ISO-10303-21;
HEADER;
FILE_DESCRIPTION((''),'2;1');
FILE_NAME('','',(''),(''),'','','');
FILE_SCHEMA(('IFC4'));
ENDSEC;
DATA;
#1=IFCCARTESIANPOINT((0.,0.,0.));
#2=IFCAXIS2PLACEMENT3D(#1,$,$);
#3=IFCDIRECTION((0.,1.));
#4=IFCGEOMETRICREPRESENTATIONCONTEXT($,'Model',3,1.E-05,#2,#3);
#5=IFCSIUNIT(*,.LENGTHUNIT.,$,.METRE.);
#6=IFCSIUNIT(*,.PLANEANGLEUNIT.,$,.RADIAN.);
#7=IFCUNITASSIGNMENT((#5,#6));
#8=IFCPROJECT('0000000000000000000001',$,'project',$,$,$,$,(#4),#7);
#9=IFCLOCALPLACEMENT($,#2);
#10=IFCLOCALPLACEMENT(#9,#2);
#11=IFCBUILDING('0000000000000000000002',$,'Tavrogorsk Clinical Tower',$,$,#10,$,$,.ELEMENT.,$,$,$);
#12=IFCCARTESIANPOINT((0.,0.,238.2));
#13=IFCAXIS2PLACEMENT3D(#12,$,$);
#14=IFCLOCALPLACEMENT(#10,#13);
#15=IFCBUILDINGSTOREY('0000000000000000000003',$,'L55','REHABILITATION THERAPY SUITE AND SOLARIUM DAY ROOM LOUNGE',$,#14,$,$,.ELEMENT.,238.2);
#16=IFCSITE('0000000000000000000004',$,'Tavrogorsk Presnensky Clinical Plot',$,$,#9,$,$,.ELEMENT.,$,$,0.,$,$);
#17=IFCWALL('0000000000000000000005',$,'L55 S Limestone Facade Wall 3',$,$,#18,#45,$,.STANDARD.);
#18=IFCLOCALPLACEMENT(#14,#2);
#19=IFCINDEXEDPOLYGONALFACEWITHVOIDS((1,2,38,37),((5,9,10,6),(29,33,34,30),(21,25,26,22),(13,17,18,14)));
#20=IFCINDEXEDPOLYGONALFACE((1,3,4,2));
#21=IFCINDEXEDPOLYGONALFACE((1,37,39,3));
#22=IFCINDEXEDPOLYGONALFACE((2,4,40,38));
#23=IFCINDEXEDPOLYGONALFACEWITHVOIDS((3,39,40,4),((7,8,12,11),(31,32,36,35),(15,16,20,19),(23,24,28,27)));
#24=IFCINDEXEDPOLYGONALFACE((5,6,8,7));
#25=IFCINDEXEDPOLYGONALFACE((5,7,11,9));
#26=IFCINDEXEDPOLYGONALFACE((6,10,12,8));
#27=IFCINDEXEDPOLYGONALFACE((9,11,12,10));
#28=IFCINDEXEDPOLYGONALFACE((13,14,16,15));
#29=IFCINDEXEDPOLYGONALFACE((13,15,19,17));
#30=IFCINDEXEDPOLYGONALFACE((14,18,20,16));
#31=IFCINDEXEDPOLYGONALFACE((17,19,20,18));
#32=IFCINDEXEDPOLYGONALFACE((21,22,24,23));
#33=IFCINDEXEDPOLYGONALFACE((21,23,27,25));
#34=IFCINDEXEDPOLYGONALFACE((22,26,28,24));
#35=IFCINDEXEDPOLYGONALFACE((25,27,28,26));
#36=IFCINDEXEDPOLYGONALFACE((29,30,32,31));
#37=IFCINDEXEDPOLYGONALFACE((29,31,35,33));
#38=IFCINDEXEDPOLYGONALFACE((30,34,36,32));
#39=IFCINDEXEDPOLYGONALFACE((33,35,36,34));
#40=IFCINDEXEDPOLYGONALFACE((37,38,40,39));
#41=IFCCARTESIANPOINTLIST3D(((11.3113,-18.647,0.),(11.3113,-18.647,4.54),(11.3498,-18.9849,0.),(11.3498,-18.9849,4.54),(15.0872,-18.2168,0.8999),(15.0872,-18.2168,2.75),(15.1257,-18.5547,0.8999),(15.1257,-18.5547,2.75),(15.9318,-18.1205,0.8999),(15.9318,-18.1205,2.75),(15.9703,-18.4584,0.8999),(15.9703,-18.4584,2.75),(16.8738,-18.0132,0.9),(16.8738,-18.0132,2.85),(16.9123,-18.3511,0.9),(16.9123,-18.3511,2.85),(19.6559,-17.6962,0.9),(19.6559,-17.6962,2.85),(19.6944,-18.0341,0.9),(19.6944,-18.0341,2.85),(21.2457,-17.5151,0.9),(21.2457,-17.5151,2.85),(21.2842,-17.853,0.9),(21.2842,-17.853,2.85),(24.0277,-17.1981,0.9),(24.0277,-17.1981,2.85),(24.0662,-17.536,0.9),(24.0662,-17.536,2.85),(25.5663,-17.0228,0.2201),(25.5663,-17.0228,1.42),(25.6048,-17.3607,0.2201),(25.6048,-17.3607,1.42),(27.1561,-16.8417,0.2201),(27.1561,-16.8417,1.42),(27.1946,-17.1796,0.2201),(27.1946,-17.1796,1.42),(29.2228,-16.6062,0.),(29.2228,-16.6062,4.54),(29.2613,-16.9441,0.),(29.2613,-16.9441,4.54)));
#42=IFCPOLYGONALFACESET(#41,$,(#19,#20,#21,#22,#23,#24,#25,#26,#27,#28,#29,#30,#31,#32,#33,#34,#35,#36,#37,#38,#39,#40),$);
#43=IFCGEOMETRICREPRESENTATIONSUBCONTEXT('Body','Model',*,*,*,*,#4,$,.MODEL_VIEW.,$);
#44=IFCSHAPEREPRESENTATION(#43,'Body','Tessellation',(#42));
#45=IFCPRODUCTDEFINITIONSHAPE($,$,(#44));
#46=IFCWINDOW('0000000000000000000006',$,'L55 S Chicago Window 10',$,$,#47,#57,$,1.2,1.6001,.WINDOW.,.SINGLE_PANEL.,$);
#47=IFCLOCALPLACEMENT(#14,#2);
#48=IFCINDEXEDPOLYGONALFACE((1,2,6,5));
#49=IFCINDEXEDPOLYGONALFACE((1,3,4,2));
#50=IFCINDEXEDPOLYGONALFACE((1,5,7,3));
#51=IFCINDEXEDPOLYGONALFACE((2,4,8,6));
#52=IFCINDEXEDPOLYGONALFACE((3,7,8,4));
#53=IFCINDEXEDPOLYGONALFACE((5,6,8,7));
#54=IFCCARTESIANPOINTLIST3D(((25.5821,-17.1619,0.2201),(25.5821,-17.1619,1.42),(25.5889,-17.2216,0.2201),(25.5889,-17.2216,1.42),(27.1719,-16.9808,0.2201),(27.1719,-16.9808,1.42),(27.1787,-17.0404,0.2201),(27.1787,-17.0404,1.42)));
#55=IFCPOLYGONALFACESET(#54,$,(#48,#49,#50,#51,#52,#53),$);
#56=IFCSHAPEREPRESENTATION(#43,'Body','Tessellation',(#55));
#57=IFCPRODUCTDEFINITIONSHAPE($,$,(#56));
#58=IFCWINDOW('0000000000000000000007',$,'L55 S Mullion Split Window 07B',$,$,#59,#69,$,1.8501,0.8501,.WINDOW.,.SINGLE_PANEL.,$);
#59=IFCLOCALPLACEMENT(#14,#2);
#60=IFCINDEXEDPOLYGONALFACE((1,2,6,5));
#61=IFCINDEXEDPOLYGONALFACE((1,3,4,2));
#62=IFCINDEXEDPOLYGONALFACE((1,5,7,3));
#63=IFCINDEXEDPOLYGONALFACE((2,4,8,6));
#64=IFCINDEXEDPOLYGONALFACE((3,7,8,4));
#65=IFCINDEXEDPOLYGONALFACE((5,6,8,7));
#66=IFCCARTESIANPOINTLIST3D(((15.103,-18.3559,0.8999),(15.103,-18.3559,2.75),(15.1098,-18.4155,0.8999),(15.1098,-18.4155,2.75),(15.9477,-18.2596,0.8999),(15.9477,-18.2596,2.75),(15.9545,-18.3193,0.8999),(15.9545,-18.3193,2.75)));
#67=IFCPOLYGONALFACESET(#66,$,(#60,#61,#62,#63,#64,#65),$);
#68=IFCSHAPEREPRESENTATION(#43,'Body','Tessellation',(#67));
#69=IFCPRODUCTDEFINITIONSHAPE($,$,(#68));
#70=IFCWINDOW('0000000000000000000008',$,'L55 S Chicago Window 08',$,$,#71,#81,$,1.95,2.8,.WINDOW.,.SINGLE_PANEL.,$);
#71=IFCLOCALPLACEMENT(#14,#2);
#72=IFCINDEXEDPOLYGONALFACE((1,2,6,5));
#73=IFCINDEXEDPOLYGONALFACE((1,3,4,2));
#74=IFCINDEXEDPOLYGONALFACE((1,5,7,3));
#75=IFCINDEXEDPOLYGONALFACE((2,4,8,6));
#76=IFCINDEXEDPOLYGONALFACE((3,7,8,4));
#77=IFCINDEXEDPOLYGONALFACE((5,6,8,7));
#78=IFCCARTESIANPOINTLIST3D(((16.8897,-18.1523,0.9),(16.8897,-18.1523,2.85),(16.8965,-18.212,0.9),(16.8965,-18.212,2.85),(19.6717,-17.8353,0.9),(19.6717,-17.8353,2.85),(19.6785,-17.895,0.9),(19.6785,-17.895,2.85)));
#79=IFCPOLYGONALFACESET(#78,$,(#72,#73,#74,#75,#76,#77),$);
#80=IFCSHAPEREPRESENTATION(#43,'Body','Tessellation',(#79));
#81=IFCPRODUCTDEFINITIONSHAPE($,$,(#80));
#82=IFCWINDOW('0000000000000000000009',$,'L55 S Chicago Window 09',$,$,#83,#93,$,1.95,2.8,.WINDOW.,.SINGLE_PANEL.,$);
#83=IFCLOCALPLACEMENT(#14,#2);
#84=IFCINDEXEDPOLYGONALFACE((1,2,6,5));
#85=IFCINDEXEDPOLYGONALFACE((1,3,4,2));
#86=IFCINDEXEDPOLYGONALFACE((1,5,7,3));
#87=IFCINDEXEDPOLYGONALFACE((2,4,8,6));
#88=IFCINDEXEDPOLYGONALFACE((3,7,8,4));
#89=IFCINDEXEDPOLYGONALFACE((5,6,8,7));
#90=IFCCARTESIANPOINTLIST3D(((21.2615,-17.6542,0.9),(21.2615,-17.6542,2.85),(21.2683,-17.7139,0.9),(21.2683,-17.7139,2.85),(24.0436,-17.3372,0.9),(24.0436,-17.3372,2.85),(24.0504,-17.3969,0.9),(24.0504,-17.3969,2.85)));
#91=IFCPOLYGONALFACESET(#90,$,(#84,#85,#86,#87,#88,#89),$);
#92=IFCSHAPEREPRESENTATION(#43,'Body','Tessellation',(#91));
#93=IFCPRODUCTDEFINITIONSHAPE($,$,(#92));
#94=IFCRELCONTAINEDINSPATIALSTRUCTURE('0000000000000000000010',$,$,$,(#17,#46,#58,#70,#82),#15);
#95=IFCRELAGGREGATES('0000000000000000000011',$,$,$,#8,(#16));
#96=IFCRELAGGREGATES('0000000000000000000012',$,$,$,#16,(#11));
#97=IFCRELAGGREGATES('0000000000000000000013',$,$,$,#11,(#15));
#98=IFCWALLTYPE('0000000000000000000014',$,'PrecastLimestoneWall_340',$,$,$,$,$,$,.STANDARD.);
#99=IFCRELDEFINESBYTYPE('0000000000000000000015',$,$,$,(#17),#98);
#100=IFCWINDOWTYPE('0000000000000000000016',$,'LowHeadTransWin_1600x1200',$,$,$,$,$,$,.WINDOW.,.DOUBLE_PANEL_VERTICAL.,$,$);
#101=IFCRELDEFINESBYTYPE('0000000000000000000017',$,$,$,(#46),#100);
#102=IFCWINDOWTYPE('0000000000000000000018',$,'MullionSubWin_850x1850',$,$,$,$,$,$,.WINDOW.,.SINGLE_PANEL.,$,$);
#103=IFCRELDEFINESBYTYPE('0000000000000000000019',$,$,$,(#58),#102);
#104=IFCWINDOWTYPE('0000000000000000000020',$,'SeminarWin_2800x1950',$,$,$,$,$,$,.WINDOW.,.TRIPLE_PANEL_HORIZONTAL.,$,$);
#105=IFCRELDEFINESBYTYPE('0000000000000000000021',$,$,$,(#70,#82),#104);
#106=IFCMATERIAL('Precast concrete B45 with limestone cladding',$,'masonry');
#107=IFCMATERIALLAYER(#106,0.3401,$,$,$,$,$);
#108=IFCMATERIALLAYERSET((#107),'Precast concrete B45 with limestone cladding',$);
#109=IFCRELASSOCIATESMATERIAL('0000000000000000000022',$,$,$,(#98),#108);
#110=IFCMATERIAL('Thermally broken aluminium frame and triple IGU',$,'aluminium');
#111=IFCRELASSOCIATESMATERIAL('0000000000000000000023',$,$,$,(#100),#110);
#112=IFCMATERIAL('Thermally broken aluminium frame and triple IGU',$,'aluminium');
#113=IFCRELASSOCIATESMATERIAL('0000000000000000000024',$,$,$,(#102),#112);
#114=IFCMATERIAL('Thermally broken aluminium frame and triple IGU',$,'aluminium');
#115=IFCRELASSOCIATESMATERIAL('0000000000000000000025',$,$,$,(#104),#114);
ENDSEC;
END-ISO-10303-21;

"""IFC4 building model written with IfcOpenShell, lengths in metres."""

from ifc_helpers import new_model, si_unit, direction, frame, frame_2d, origin, place, context, subcontext, project, spatial, rectangle, extrude, material, layer, layer_set, type_object, element, fill, save


model = new_model("IFC4")

# Units and contexts
model_context = context("Model", 3, precision=1e-05, world=origin(), true_north=direction((0.0, 1.0)))
body_context = subcontext(model_context, "Body", "Model", "MODEL_VIEW")
ifc_project = project(units=[si_unit("LENGTHUNIT", "METRE"), si_unit("PLANEANGLEUNIT", "RADIAN")], contexts=[model_context])

# Site, building, storey
site_placement = place(None, origin())
site = spatial("IfcSite", under=ifc_project, at=site_placement, Name="Tavrogorsk Presnensky Clinical Plot", CompositionType="ELEMENT", RefElevation=0.0)
building_placement = place(site_placement, origin())
building = spatial("IfcBuilding", under=site, at=building_placement, Name="Tavrogorsk Clinical Tower", CompositionType="ELEMENT")
storey_placement = place(building_placement, frame((0.0, 0.0, 238.2)))
storey = spatial("IfcBuildingStorey", under=building, at=storey_placement, Name="L55", Description="REHABILITATION THERAPY SUITE AND SOLARIUM DAY ROOM LOUNGE", CompositionType="ELEMENT", Elevation=238.2)

# Wall, openings, windows
ifc_material_1 = material(Name="Precast concrete B45 with limestone cladding", Category="masonry")
ifc_layer_1 = layer(ifc_material_1, 0.3401)
ifc_layer_set_1 = layer_set([ifc_layer_1], Name="Precast concrete B45 with limestone cladding")
wall_type_1 = type_object("IfcWallType", Name="PrecastLimestoneWall_340", PredefinedType="STANDARD", material=ifc_layer_set_1)
wall_1_placement = place(storey_placement, frame((11.3306, -18.8159, 0.0), z_axis=(0.0, 0.0, 1.0), x_axis=(0.993572, 0.113205, 0.0)))
wall_1 = element("IfcWall", 1, at=wall_1_placement, inside=storey, type_object=wall_type_1, Name="L55 S Limestone Facade Wall 3", PredefinedType="STANDARD", context=body_context, shape_type="SweptSolid", body=[
    extrude(rectangle(XDim=18.0273, YDim=0.3401, at=frame_2d((9.0137, 0.0))), origin(), (0.0, 0.0, 1.0), 4.54),
])
opening_1_placement = place(wall_1_placement, frame((3.8003, 0.0, 0.8999)))
opening_1 = element("IfcOpeningElement", 2, at=opening_1_placement, cuts=wall_1, PredefinedType="OPENING", context=body_context, shape_type="SweptSolid", body=[
    extrude(rectangle(XDim=0.8501, YDim=1.8501, at=frame_2d((0.425, 0.925))), frame((0.0, 0.1799, 0.0), z_axis=(0.0, -1.0, 0.0), x_axis=(1.0, 0.0, 0.0)), (0.0, 0.0, 1.0), 0.3601),
])
opening_2_placement = place(wall_1_placement, frame((5.5986, 0.0, 0.8999)))
opening_2 = element("IfcOpeningElement", 3, at=opening_2_placement, cuts=wall_1, PredefinedType="OPENING", context=body_context, shape_type="SweptSolid", body=[
    extrude(rectangle(XDim=2.8, YDim=1.95, at=frame_2d((1.3999, 0.9751))), frame((0.0, 0.1799, 0.0), z_axis=(0.0, -1.0, 0.0), x_axis=(1.0, 0.0, 0.0)), (0.0, 0.0, 1.0), 0.3601),
])
opening_3_placement = place(wall_1_placement, frame((9.9988, 0.0, 0.8999)))
opening_3 = element("IfcOpeningElement", 4, at=opening_3_placement, cuts=wall_1, PredefinedType="OPENING", context=body_context, shape_type="SweptSolid", body=[
    extrude(rectangle(XDim=2.8, YDim=1.95, at=frame_2d((1.3999, 0.9751))), frame((0.0, 0.1799, 0.0), z_axis=(0.0, -1.0, 0.0), x_axis=(1.0, 0.0, 0.0)), (0.0, 0.0, 1.0), 0.3601),
])
opening_4_placement = place(wall_1_placement, frame((14.3472, 0.0, 0.22)))
opening_4 = element("IfcOpeningElement", 5, at=opening_4_placement, cuts=wall_1, PredefinedType="OPENING", context=body_context, shape_type="SweptSolid", body=[
    extrude(rectangle(XDim=1.6001, YDim=1.2, at=frame_2d((0.8, 0.6001))), frame((0.0, 0.1799, 0.0), z_axis=(0.0, -1.0, 0.0), x_axis=(1.0, 0.0, 0.0)), (0.0, 0.0, 1.0), 0.3601),
])
ifc_material_2 = material(Name="Thermally broken aluminium frame and triple IGU", Category="aluminium")
window_type_1 = type_object("IfcWindowType", Name="LowHeadTransWin_1600x1200", PartitioningType="DOUBLE_PANEL_VERTICAL", PredefinedType="WINDOW", material=ifc_material_2)
window_1_placement = place(opening_4_placement, origin())
window_1 = element("IfcWindow", 6, at=window_1_placement, inside=storey, type_object=window_type_1, Name="L55 S Chicago Window 10", OverallHeight=1.2, OverallWidth=1.6001, PartitioningType="SINGLE_PANEL", PredefinedType="WINDOW", context=body_context, shape_type="SweptSolid", body=[
    extrude(rectangle(XDim=1.6001, YDim=1.2, at=frame_2d((0.8, 0.6001))), frame((0.0, 0.03, 0.0), z_axis=(0.0, -1.0, 0.0), x_axis=(1.0, 0.0, 0.0)), (0.0, 0.0, 1.0), 0.0601),
])
fill(opening_4, window_1)
ifc_material_3 = material(Name="Thermally broken aluminium frame and triple IGU", Category="aluminium")
window_type_2 = type_object("IfcWindowType", Name="MullionSubWin_850x1850", PartitioningType="SINGLE_PANEL", PredefinedType="WINDOW", material=ifc_material_3)
window_2_placement = place(opening_1_placement, origin())
window_2 = element("IfcWindow", 7, at=window_2_placement, inside=storey, type_object=window_type_2, Name="L55 S Mullion Split Window 07B", OverallHeight=1.8501, OverallWidth=0.8501, PartitioningType="SINGLE_PANEL", PredefinedType="WINDOW", context=body_context, shape_type="SweptSolid", body=[
    extrude(rectangle(XDim=0.8501, YDim=1.8501, at=frame_2d((0.425, 0.925))), frame((0.0, 0.03, 0.0), z_axis=(0.0, -1.0, 0.0), x_axis=(1.0, 0.0, 0.0)), (0.0, 0.0, 1.0), 0.0601),
])
fill(opening_1, window_2)
ifc_material_4 = material(Name="Thermally broken aluminium frame and triple IGU", Category="aluminium")
window_type_3 = type_object("IfcWindowType", Name="SeminarWin_2800x1950", PartitioningType="TRIPLE_PANEL_HORIZONTAL", PredefinedType="WINDOW", material=ifc_material_4)
window_3_placement = place(opening_2_placement, origin())
window_3 = element("IfcWindow", 8, at=window_3_placement, inside=storey, type_object=window_type_3, Name="L55 S Chicago Window 08", OverallHeight=1.95, OverallWidth=2.8, PartitioningType="SINGLE_PANEL", PredefinedType="WINDOW", context=body_context, shape_type="SweptSolid", body=[
    extrude(rectangle(XDim=2.8, YDim=1.95, at=frame_2d((1.3999, 0.9751))), frame((0.0, 0.03, 0.0), z_axis=(0.0, -1.0, 0.0), x_axis=(1.0, 0.0, 0.0)), (0.0, 0.0, 1.0), 0.0601),
])
fill(opening_2, window_3)
window_4_placement = place(opening_3_placement, origin())
window_4 = element("IfcWindow", 9, at=window_4_placement, inside=storey, type_object=window_type_3, Name="L55 S Chicago Window 09", OverallHeight=1.95, OverallWidth=2.8, PartitioningType="SINGLE_PANEL", PredefinedType="WINDOW", context=body_context, shape_type="SweptSolid", body=[
    extrude(rectangle(XDim=2.8, YDim=1.95, at=frame_2d((1.3999, 0.9751))), frame((0.0, 0.03, 0.0), z_axis=(0.0, -1.0, 0.0), x_axis=(1.0, 0.0, 0.0)), (0.0, 0.0, 1.0), 0.0601),
])
fill(opening_3, window_4)

save(model, "model.ifc")
